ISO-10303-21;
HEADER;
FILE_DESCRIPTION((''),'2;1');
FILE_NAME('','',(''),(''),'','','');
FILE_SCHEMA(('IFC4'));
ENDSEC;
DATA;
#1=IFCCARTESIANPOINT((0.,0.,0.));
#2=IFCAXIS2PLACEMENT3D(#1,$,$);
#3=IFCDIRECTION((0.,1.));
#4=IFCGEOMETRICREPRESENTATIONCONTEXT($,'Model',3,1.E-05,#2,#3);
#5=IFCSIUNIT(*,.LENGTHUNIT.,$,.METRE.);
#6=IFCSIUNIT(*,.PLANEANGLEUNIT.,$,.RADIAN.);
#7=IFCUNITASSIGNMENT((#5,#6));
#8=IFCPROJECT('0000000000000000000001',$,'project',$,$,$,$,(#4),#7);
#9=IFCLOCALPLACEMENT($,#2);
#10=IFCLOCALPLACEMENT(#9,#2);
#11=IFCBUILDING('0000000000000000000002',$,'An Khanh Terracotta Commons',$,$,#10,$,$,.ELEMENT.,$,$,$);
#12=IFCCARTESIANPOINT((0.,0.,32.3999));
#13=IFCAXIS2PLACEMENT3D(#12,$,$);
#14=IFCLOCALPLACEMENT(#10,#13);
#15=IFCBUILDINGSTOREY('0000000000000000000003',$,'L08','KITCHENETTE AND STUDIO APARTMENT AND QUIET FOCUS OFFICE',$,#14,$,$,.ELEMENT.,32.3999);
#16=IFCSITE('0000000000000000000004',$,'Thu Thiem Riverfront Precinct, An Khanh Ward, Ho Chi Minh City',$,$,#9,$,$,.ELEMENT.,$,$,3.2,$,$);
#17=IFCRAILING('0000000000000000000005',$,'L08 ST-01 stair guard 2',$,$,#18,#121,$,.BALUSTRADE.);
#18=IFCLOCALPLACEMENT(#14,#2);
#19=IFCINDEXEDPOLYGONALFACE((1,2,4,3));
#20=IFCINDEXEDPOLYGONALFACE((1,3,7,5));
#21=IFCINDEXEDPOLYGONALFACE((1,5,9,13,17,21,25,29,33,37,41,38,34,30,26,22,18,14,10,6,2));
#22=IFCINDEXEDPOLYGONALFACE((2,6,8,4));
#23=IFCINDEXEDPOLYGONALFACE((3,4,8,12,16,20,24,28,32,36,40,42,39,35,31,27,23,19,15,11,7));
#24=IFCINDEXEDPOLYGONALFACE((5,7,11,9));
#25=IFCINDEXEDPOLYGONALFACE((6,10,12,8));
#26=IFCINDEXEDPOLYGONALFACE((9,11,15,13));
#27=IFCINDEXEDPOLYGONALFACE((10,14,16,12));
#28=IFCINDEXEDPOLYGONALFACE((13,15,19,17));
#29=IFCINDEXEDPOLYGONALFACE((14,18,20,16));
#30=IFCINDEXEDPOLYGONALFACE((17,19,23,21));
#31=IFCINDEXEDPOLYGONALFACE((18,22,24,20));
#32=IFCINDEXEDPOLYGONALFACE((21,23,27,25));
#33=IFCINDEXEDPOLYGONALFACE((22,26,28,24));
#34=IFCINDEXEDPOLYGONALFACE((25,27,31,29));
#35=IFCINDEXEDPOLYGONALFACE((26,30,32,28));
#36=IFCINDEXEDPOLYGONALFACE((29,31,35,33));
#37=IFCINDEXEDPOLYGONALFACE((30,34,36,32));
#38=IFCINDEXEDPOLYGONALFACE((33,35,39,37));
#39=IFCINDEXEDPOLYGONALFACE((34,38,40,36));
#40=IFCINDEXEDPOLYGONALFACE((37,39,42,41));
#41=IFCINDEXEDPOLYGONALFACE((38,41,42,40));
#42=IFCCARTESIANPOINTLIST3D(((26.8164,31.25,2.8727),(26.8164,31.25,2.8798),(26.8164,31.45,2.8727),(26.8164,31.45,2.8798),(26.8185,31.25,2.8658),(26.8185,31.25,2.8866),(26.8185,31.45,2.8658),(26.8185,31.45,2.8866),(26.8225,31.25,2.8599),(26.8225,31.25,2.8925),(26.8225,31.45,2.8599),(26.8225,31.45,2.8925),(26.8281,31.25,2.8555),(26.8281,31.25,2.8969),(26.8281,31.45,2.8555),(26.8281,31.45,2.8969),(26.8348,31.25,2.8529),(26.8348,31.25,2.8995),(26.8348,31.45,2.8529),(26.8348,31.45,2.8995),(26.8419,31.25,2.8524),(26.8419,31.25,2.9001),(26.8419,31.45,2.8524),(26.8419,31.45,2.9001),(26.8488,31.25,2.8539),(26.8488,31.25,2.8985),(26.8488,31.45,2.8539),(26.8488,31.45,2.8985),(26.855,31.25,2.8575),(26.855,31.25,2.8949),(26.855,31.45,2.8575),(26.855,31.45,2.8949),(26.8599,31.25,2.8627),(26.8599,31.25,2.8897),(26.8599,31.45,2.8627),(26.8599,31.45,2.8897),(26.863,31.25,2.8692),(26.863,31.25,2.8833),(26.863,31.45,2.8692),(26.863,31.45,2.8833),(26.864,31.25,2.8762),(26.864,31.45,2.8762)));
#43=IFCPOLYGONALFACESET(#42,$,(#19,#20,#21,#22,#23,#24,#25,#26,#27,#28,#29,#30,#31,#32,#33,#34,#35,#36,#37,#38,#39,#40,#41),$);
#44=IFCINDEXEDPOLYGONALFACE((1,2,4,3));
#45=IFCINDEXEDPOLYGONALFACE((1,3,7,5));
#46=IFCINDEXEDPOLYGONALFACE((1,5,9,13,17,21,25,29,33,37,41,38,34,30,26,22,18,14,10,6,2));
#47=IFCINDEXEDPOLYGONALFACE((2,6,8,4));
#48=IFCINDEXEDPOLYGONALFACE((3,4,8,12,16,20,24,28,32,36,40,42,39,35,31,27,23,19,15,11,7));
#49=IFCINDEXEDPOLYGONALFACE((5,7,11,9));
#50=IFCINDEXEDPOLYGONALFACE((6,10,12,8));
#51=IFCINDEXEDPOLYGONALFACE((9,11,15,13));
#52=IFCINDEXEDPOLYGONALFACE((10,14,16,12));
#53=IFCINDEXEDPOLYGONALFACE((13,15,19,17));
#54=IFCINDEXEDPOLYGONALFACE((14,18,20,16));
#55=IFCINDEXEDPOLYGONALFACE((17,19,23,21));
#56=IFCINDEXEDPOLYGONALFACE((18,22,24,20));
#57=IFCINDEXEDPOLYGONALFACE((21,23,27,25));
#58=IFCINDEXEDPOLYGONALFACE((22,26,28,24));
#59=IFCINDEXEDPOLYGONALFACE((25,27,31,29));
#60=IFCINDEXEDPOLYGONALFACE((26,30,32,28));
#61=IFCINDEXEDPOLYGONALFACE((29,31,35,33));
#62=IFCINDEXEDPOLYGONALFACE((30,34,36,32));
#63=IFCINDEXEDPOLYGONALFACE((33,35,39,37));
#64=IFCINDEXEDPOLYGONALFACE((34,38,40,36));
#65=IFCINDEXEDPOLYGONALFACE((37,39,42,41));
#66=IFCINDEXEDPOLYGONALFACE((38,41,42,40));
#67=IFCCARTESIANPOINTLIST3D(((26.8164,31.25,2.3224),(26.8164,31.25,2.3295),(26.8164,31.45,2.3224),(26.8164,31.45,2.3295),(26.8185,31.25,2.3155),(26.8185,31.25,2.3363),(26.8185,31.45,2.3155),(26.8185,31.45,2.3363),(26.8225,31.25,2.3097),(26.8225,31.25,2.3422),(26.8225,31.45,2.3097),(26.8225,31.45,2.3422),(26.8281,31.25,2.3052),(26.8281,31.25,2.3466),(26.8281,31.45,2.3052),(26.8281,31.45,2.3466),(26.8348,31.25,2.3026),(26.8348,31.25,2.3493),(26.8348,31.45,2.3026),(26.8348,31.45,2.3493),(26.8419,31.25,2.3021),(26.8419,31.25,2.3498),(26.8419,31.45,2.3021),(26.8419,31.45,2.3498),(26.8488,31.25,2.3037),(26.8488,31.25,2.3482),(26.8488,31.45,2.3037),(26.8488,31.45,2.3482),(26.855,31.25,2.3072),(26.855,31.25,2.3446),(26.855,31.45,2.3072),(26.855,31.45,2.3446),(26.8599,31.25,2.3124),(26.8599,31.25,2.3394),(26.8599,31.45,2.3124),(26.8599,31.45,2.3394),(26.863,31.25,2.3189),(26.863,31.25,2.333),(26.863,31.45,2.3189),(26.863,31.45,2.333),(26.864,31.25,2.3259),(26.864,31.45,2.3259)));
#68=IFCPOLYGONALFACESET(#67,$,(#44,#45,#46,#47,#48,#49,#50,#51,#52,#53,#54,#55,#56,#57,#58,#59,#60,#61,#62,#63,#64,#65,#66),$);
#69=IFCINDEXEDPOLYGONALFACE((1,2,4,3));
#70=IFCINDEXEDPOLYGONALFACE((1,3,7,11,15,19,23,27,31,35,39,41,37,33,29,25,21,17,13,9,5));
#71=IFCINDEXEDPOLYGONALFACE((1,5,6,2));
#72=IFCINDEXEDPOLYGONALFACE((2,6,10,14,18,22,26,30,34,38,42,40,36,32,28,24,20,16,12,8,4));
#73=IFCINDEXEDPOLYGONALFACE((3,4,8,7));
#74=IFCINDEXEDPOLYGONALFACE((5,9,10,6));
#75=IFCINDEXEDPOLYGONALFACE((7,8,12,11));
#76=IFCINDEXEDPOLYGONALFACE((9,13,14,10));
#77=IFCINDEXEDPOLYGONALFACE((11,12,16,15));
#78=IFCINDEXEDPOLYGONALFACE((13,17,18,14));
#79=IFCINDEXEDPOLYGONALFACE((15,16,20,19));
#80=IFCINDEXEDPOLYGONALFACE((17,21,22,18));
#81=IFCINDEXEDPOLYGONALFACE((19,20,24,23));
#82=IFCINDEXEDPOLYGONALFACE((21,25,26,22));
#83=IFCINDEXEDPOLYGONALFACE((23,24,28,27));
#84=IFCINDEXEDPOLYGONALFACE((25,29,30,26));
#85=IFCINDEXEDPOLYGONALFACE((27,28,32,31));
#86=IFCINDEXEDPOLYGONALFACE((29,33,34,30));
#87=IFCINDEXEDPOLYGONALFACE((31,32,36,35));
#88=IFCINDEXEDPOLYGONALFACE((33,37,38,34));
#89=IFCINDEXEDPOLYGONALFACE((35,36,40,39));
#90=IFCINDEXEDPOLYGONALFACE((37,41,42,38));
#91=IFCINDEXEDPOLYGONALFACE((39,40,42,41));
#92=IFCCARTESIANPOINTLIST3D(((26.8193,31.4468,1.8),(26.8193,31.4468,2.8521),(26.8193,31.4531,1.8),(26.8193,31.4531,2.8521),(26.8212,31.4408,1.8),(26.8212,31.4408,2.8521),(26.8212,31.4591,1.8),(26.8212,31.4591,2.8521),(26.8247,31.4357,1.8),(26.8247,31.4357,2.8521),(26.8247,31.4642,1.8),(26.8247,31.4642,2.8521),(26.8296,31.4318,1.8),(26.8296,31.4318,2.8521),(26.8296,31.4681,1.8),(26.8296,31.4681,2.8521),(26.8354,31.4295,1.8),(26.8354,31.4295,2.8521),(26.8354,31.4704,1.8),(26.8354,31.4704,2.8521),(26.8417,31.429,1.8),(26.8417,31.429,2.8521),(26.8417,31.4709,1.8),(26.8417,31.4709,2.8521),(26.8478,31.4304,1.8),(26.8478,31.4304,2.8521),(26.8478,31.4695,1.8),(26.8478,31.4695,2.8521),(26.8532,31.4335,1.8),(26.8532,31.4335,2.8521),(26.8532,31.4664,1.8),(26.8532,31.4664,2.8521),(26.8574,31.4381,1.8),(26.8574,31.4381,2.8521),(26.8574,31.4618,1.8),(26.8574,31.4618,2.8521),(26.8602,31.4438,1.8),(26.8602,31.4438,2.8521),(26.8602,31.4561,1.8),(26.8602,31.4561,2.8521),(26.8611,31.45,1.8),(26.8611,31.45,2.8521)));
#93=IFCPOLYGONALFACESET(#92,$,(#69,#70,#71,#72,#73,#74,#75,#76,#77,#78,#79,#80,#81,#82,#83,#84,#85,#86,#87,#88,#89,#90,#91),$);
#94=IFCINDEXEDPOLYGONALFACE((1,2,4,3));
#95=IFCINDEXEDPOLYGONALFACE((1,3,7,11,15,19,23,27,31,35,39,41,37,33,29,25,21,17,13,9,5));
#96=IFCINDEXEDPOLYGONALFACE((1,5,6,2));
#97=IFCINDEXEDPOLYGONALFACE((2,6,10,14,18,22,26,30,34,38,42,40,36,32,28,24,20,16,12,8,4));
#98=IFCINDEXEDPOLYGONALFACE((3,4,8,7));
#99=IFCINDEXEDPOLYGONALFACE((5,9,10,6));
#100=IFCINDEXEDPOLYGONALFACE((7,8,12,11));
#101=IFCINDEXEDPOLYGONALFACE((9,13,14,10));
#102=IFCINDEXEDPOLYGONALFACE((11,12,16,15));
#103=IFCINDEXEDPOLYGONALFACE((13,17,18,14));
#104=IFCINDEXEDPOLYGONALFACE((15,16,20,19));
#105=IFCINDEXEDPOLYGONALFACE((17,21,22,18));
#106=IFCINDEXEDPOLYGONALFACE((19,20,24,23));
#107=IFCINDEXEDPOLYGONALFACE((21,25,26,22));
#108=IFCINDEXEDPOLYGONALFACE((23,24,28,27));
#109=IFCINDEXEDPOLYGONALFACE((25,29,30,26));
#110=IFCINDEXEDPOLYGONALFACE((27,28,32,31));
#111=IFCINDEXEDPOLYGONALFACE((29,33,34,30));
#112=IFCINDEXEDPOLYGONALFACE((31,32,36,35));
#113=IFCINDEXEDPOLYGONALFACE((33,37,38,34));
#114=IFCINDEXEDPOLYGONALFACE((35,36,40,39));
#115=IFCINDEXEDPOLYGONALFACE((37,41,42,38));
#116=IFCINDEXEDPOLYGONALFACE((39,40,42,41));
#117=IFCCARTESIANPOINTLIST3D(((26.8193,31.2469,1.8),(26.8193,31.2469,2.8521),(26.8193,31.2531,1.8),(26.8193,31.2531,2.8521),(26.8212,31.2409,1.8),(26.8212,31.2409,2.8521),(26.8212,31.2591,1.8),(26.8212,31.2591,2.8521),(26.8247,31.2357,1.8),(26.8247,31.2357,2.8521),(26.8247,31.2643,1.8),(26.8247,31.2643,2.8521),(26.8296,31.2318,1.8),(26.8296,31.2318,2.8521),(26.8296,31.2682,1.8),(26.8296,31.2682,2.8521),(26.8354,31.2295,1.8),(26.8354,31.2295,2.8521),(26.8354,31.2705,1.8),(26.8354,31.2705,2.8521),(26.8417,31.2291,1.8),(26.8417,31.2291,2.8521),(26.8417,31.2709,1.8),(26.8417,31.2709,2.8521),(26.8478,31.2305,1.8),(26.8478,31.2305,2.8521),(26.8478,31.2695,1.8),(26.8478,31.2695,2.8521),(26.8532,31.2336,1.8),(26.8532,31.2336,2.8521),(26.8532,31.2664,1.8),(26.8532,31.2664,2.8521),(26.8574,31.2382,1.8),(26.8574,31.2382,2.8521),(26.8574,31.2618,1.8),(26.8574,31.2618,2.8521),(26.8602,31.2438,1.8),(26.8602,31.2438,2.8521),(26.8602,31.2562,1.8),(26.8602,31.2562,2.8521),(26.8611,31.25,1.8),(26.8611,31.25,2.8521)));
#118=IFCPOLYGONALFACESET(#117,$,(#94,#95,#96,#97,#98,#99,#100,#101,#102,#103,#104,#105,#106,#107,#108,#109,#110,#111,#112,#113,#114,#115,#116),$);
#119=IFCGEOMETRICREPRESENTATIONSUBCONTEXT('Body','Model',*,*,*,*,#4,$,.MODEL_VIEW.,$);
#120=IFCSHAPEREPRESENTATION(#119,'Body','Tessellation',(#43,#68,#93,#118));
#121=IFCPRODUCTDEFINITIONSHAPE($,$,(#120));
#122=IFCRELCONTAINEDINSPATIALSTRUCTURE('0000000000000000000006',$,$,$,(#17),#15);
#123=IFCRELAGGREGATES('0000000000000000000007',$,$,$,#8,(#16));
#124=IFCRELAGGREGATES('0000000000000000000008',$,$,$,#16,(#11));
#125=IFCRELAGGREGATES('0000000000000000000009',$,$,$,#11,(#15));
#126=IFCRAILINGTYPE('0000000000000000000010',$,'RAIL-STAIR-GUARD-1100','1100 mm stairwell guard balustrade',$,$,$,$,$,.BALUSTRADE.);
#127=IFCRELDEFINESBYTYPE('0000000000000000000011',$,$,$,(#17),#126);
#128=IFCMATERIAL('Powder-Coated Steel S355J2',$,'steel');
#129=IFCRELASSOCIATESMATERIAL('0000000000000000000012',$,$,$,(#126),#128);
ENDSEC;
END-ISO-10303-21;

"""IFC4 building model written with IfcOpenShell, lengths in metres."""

from ifc_helpers import new_model, si_unit, direction, frame, origin, origin_2d, place, context, subcontext, project, spatial, circle, extrude, material, type_object, element, save


model = new_model("IFC4")

# Units and contexts
model_context = context("Model", 3, precision=1e-05, world=origin(), true_north=direction((0.0, 1.0)))
body_context = subcontext(model_context, "Body", "Model", "MODEL_VIEW")
ifc_project = project(units=[si_unit("LENGTHUNIT", "METRE"), si_unit("PLANEANGLEUNIT", "RADIAN")], contexts=[model_context])

# Site, building, storey
site_placement = place(None, origin())
site = spatial("IfcSite", under=ifc_project, at=site_placement, Name="Thu Thiem Riverfront Precinct, An Khanh Ward, Ho Chi Minh City", CompositionType="ELEMENT", RefElevation=3.2)
building_placement = place(site_placement, origin())
building = spatial("IfcBuilding", under=site, at=building_placement, Name="An Khanh Terracotta Commons", CompositionType="ELEMENT")
storey_placement = place(building_placement, frame((0.0, 0.0, 32.3999)))
storey = spatial("IfcBuildingStorey", under=building, at=storey_placement, Name="L08", Description="KITCHENETTE AND STUDIO APARTMENT AND QUIET FOCUS OFFICE", CompositionType="ELEMENT", Elevation=32.3999)

# Railing
ifc_material_1 = material(Name="Powder-Coated Steel S355J2", Category="steel")
railing_type_1 = type_object("IfcRailingType", Name="RAIL-STAIR-GUARD-1100", Description="1100 mm stairwell guard balustrade", PredefinedType="BALUSTRADE", material=ifc_material_1)
railing_1_placement = place(storey_placement, frame((26.8401, 31.45, 1.8)))
element("IfcRailing", 1, at=railing_1_placement, inside=storey, type_object=railing_type_1, Name="L08 ST-01 stair guard 2", PredefinedType="BALUSTRADE", context=body_context, shape_type="SweptSolid", body=[
    extrude(circle(Radius=0.0239, at=origin_2d()), frame((0.0, 0.0, 1.0762), z_axis=(0.0, -1.0, 0.0), x_axis=(1.0, 0.0, 0.0)), (0.0, 0.0, 1.0), 0.2),
    extrude(circle(Radius=0.0239, at=origin_2d()), frame((0.0, 0.0, 0.5259), z_axis=(0.0, -1.0, 0.0), x_axis=(1.0, 0.0, 0.0)), (0.0, 0.0, 1.0), 0.2),
    extrude(circle(Radius=0.021, at=origin_2d()), origin(), (0.0, 0.0, 1.0), 1.052),
    extrude(circle(Radius=0.021, at=origin_2d()), frame((0.0, -0.2, 0.0)), (0.0, 0.0, 1.0), 1.052),
])

save(model, "model.ifc")
